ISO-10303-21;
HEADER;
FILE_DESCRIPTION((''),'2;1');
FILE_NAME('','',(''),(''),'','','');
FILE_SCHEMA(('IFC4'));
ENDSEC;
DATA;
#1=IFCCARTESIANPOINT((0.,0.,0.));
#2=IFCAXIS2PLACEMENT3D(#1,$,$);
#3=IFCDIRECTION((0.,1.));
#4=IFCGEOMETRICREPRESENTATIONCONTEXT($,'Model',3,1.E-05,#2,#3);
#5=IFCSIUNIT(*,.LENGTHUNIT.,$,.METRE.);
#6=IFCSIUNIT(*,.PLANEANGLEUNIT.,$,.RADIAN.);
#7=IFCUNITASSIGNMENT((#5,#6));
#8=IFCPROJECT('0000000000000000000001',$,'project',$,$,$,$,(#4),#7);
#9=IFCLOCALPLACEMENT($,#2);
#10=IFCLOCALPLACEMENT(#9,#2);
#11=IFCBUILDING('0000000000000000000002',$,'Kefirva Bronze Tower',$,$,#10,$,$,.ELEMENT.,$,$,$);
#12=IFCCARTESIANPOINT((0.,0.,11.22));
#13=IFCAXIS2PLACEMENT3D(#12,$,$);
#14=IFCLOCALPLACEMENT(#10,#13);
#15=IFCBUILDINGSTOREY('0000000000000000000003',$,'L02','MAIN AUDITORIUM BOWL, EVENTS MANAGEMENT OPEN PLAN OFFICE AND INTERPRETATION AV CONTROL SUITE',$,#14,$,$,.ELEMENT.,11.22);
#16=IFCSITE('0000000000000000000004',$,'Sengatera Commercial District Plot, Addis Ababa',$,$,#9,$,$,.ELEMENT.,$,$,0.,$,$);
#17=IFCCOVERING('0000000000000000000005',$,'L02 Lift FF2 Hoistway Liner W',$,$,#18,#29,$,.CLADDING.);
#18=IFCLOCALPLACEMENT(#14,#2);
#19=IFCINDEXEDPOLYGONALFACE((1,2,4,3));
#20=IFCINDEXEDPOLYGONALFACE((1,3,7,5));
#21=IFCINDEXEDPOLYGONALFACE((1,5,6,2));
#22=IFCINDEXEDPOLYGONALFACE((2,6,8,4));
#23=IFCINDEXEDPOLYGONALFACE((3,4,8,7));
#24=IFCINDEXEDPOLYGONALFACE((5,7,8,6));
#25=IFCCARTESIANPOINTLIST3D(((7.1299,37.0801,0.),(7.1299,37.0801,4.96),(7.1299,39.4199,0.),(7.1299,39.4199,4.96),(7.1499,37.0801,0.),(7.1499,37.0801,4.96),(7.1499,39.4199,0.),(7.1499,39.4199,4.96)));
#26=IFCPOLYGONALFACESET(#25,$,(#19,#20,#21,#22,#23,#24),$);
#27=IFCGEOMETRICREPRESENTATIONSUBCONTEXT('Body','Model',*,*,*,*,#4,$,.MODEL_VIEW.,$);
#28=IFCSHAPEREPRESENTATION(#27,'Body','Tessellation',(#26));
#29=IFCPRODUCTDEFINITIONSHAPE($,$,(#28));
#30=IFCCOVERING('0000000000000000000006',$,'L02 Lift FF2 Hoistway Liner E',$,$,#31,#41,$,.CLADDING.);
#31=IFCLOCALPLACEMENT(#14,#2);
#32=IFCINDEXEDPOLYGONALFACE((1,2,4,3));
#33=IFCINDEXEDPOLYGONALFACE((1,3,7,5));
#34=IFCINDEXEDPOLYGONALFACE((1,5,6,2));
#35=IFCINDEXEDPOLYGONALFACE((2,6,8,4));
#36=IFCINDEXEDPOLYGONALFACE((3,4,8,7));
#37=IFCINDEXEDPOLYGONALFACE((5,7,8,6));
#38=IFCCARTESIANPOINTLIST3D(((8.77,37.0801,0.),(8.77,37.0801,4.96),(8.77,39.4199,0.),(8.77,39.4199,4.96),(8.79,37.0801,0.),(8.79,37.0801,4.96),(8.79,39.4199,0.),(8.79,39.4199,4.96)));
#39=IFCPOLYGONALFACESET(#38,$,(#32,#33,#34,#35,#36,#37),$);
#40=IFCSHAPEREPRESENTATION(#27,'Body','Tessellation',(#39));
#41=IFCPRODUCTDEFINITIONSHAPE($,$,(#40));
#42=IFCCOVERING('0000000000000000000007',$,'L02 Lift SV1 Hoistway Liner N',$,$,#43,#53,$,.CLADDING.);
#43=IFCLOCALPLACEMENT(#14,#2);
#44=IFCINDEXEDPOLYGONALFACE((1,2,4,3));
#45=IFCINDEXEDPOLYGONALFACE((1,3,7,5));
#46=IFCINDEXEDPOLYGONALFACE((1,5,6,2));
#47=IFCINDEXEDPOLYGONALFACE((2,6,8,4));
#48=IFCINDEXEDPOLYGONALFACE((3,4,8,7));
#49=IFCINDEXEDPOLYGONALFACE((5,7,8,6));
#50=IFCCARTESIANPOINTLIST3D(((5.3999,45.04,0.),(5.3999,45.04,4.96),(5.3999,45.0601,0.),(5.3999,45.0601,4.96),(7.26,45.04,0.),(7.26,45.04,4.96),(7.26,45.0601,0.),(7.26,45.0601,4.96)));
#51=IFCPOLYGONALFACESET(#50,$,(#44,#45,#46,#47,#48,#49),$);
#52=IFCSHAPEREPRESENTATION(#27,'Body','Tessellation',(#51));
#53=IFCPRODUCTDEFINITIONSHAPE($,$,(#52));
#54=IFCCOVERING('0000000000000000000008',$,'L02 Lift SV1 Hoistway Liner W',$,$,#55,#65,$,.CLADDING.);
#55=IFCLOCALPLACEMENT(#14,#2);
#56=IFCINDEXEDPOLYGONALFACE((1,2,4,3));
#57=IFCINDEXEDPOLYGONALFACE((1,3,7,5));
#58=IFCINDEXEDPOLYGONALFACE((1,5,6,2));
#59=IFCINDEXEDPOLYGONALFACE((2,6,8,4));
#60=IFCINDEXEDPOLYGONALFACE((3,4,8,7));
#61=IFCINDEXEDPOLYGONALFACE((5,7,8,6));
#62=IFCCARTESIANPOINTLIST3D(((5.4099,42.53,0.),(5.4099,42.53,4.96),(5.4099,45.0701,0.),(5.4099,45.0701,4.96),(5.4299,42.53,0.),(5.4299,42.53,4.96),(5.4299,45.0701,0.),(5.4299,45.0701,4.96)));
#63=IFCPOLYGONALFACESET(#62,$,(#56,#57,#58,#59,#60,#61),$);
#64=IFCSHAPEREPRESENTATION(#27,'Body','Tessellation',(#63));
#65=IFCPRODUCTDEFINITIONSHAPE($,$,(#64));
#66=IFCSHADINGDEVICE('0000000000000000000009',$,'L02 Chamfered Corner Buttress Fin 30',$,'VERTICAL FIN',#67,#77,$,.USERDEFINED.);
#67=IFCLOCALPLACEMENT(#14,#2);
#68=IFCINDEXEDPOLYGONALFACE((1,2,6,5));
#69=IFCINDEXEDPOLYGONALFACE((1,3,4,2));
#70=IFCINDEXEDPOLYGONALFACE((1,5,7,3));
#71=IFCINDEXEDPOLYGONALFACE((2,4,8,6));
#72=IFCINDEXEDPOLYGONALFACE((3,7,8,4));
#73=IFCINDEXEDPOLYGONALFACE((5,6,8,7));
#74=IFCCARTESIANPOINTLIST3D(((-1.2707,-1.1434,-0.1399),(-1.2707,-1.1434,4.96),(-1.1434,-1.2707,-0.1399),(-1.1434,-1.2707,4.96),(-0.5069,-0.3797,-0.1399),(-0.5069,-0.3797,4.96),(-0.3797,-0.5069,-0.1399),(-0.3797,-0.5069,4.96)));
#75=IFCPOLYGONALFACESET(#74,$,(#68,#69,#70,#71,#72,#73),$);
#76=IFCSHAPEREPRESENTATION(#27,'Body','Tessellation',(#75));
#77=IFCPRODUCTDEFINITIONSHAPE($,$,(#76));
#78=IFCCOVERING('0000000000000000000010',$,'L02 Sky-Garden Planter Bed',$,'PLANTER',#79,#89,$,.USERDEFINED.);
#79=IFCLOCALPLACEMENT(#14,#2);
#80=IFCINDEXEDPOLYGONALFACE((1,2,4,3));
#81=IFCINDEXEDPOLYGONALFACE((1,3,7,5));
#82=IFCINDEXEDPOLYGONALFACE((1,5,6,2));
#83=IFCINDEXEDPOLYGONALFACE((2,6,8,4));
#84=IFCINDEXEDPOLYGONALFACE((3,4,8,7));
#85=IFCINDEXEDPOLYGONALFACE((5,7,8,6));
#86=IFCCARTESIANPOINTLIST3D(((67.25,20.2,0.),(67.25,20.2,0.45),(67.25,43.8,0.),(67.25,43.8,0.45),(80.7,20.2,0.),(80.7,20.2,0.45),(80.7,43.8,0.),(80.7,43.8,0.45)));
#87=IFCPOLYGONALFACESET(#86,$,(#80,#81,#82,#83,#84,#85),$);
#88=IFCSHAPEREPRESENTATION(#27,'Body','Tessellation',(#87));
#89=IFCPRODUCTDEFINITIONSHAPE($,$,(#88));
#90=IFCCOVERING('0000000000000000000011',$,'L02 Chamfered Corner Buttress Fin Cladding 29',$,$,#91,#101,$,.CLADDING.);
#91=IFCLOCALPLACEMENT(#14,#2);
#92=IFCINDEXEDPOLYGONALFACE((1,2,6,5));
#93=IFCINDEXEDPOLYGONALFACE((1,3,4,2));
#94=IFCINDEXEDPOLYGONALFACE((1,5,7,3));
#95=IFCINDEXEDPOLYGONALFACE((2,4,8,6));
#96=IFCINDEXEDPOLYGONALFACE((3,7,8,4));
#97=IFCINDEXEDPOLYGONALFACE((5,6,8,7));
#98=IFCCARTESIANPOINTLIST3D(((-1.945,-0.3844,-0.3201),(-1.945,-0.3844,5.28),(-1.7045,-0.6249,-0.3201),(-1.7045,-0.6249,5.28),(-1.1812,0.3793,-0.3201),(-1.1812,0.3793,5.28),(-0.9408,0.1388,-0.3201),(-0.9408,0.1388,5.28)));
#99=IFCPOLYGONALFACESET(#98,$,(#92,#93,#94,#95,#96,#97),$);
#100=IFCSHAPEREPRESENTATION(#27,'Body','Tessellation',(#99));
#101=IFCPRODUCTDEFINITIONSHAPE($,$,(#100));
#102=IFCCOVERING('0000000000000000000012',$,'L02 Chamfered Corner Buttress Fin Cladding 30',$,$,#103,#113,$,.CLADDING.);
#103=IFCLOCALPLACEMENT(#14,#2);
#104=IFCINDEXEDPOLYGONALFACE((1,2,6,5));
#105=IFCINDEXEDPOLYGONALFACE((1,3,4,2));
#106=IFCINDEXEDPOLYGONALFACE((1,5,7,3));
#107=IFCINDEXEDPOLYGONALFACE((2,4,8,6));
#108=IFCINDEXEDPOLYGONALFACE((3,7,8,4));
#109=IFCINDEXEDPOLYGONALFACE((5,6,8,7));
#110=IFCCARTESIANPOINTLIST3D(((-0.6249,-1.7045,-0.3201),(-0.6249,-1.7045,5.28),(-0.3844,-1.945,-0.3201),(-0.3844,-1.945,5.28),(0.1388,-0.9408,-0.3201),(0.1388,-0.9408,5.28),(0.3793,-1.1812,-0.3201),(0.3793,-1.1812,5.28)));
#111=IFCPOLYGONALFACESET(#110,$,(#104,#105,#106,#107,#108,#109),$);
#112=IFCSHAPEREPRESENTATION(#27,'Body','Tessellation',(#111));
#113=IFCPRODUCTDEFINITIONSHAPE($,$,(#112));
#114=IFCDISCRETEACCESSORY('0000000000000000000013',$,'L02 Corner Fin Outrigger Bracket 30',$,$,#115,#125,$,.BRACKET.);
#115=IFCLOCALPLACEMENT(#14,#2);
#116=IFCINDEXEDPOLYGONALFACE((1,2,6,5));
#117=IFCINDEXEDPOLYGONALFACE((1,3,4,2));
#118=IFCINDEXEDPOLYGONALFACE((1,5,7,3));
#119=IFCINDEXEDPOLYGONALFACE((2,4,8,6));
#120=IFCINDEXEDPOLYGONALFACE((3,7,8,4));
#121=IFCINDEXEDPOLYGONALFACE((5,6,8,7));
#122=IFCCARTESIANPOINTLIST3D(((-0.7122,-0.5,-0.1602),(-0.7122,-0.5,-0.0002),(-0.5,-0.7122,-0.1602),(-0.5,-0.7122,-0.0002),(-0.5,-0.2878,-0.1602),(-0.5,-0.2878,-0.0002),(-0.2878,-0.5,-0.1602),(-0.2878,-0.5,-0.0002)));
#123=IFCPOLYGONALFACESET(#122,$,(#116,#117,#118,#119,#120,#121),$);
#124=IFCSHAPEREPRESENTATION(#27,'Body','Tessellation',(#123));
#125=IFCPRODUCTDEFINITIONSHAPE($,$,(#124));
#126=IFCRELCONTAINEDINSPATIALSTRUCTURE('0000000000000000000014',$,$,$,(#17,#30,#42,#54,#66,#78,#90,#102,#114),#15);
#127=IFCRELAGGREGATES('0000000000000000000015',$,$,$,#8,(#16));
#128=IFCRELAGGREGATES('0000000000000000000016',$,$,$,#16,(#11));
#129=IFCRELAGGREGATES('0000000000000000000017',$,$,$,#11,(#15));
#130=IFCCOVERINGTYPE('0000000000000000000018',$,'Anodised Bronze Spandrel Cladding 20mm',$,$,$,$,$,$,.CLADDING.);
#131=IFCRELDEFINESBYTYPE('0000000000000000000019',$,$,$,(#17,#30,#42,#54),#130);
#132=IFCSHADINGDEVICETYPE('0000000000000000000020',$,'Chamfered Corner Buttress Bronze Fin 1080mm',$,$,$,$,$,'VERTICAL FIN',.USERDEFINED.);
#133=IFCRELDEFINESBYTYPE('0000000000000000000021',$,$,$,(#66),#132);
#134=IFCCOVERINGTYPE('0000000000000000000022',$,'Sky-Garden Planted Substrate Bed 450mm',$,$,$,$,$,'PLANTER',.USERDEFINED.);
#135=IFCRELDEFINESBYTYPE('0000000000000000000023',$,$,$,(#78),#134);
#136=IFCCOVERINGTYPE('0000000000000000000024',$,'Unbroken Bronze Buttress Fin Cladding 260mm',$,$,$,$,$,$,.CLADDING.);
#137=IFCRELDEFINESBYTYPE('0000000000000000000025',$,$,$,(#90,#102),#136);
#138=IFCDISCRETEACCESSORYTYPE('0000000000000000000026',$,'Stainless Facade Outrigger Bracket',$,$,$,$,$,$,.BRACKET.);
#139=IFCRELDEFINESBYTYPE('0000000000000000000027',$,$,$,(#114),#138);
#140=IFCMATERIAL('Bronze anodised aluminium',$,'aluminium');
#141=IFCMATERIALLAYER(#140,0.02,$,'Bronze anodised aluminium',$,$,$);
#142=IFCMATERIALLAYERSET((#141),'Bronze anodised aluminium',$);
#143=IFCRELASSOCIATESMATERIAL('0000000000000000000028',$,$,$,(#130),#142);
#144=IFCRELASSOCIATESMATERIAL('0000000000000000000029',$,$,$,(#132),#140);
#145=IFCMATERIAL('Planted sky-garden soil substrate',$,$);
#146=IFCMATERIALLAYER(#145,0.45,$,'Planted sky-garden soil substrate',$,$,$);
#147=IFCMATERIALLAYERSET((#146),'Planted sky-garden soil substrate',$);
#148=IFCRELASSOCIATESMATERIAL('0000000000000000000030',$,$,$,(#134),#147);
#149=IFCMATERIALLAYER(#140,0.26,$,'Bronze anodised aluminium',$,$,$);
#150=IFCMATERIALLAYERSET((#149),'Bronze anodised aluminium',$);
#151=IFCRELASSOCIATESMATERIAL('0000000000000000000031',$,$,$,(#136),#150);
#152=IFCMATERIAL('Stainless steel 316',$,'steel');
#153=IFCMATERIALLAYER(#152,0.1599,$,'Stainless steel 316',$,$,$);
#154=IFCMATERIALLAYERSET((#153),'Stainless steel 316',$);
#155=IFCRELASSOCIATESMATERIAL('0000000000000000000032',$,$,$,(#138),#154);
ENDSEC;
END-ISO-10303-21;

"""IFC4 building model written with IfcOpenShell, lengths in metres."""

from ifc_helpers import new_model, si_unit, direction, frame, origin, origin_2d, place, context, subcontext, project, spatial, polyline, rectangle, outline, extrude, material, layer, layer_set, material_profile, profile_set, type_object, element, save


model = new_model("IFC4")

# Units and contexts
model_context = context("Model", 3, precision=1e-05, world=origin(), true_north=direction((0.0, 1.0)))
body_context = subcontext(model_context, "Body", "Model", "MODEL_VIEW")
ifc_project = project(units=[si_unit("LENGTHUNIT", "METRE"), si_unit("PLANEANGLEUNIT", "RADIAN")], contexts=[model_context])

# Site, building, storey
site_placement = place(None, origin())
site = spatial("IfcSite", under=ifc_project, at=site_placement, Name="Sengatera Commercial District Plot, Addis Ababa", CompositionType="ELEMENT", RefElevation=0.0)
building_placement = place(site_placement, origin())
building = spatial("IfcBuilding", under=site, at=building_placement, Name="Kefirva Bronze Tower", CompositionType="ELEMENT")
storey_placement = place(building_placement, frame((0.0, 0.0, 11.22)))
storey = spatial("IfcBuildingStorey", under=building, at=storey_placement, Name="L02", Description="MAIN AUDITORIUM BOWL, EVENTS MANAGEMENT OPEN PLAN OFFICE AND INTERPRETATION AV CONTROL SUITE", CompositionType="ELEMENT", Elevation=11.22)

# Coverings
ifc_material_1 = material(Name="Bronze anodised aluminium", Category="aluminium")
ifc_layer_1 = layer(ifc_material_1, 0.02, Name="Bronze anodised aluminium")
ifc_layer_set_1 = layer_set([ifc_layer_1], Name="Bronze anodised aluminium")
covering_type_1 = type_object("IfcCoveringType", Name="Anodised Bronze Spandrel Cladding 20mm", PredefinedType="CLADDING", material=ifc_layer_set_1)
covering_1_placement = place(storey_placement, origin())
element("IfcCovering", 1, at=covering_1_placement, inside=storey, type_object=covering_type_1, Name="L02 Lift FF2 Hoistway Liner W", PredefinedType="CLADDING", context=body_context, shape_type="SweptSolid", body=[
    extrude(outline(polyline([(7.1299, 37.0801), (7.1499, 37.0801), (7.1499, 39.4199), (7.1299, 39.4199), (7.1299, 37.0801)])), origin(), (0.0, 0.0, 1.0), 4.96),
])
covering_2_placement = place(storey_placement, origin())
element("IfcCovering", 2, at=covering_2_placement, inside=storey, type_object=covering_type_1, Name="L02 Lift FF2 Hoistway Liner E", PredefinedType="CLADDING", context=body_context, shape_type="SweptSolid", body=[
    extrude(outline(polyline([(8.77, 37.0801), (8.79, 37.0801), (8.79, 39.4199), (8.77, 39.4199), (8.77, 37.0801)])), origin(), (0.0, 0.0, 1.0), 4.96),
])
covering_3_placement = place(storey_placement, origin())
element("IfcCovering", 3, at=covering_3_placement, inside=storey, type_object=covering_type_1, Name="L02 Lift SV1 Hoistway Liner N", PredefinedType="CLADDING", context=body_context, shape_type="SweptSolid", body=[
    extrude(outline(polyline([(5.3999, 45.04), (7.26, 45.04), (7.26, 45.0601), (5.3999, 45.0601), (5.3999, 45.04)])), origin(), (0.0, 0.0, 1.0), 4.96),
])
covering_4_placement = place(storey_placement, origin())
element("IfcCovering", 4, at=covering_4_placement, inside=storey, type_object=covering_type_1, Name="L02 Lift SV1 Hoistway Liner W", PredefinedType="CLADDING", context=body_context, shape_type="SweptSolid", body=[
    extrude(outline(polyline([(5.4099, 42.53), (5.4299, 42.53), (5.4299, 45.0701), (5.4099, 45.0701), (5.4099, 42.53)])), origin(), (0.0, 0.0, 1.0), 4.96),
])

# Shading device
ifc_material_profile = material_profile(ifc_material_1, rectangle(XDim=0.1799, YDim=1.0801, at=origin_2d()), Name="BRONZE BUTTRESS FIN 180x1080")
ifc_profile_set = profile_set([ifc_material_profile], Name="Bronze anodised aluminium")
shading_device_type = type_object("IfcShadingDeviceType", Name="Chamfered Corner Buttress Bronze Fin 1080mm", ElementType="VERTICAL FIN", PredefinedType="USERDEFINED", material=ifc_profile_set)
shading_device_placement = place(storey_placement, frame((-0.8252, -0.8252, -0.1399), z_axis=(0.0, 0.0, 1.0), x_axis=(0.707107, -0.707107, 0.0)))
element("IfcShadingDevice", 5, at=shading_device_placement, inside=storey, type_object=shading_device_type, Name="L02 Chamfered Corner Buttress Fin 30", ObjectType="VERTICAL FIN", PredefinedType="USERDEFINED", context=body_context, shape_type="SweptSolid", body=[
    extrude(rectangle(XDim=0.1799, YDim=1.0801, at=origin_2d()), origin(), (0.0, 0.0, 1.0), 5.0999),
])

# Coverings
ifc_material_2 = material(Name="Planted sky-garden soil substrate")
ifc_layer_2 = layer(ifc_material_2, 0.45, Name="Planted sky-garden soil substrate")
ifc_layer_set_2 = layer_set([ifc_layer_2], Name="Planted sky-garden soil substrate")
covering_type_2 = type_object("IfcCoveringType", Name="Sky-Garden Planted Substrate Bed 450mm", ElementType="PLANTER", PredefinedType="USERDEFINED", material=ifc_layer_set_2)
covering_5_placement = place(storey_placement, origin())
element("IfcCovering", 6, at=covering_5_placement, inside=storey, type_object=covering_type_2, Name="L02 Sky-Garden Planter Bed", ObjectType="PLANTER", PredefinedType="USERDEFINED", context=body_context, shape_type="SweptSolid", body=[
    extrude(outline(polyline([(67.25, 20.2), (80.7, 20.2), (80.7, 43.8), (67.25, 43.8), (67.25, 20.2)])), origin(), (0.0, 0.0, 1.0), 0.45),
])
ifc_layer_3 = layer(ifc_material_1, 0.26, Name="Bronze anodised aluminium")
ifc_layer_set_3 = layer_set([ifc_layer_3], Name="Bronze anodised aluminium")
covering_type_3 = type_object("IfcCoveringType", Name="Unbroken Bronze Buttress Fin Cladding 260mm", PredefinedType="CLADDING", material=ifc_layer_set_3)
for number, where, z_axis, x_axis, name in (
    (7, (-1.4429, -0.1228, -0.3201), (0.0, 0.0, 1.0), (0.707107, -0.707107, 0.0), "L02 Chamfered Corner Buttress Fin Cladding 29"),
    (8, (-0.1228, -1.4429, -0.3201), (0.0, 0.0, 1.0), (0.707107, -0.707107, 0.0), "L02 Chamfered Corner Buttress Fin Cladding 30"),
):
    element("IfcCovering", number, at=place(storey_placement, frame(where, z_axis=z_axis, x_axis=x_axis)), inside=storey, type_object=covering_type_3, Name=name, PredefinedType="CLADDING", context=body_context, shape_type="SweptSolid", body=[
        extrude(rectangle(XDim=0.3401, YDim=1.0801, at=origin_2d()), origin(), (0.0, 0.0, 1.0), 5.6001),
    ])

# Discrete accessory
ifc_material_3 = material(Name="Stainless steel 316", Category="steel")
ifc_layer_4 = layer(ifc_material_3, 0.1599, Name="Stainless steel 316")
ifc_layer_set_4 = layer_set([ifc_layer_4], Name="Stainless steel 316")
discrete_accessory_type = type_object("IfcDiscreteAccessoryType", Name="Stainless Facade Outrigger Bracket", PredefinedType="BRACKET", material=ifc_layer_set_4)
discrete_accessory_placement = place(storey_placement, frame((-0.5, -0.5, -0.1602), z_axis=(0.0, 0.0, 1.0), x_axis=(0.707107, -0.707107, 0.0)))
element("IfcDiscreteAccessory", 9, at=discrete_accessory_placement, inside=storey, type_object=discrete_accessory_type, Name="L02 Corner Fin Outrigger Bracket 30", PredefinedType="BRACKET", context=body_context, shape_type="SweptSolid", body=[
    extrude(rectangle(XDim=0.3, YDim=0.3, at=origin_2d()), origin(), (0.0, 0.0, 1.0), 0.1599),
])

save(model, "model.ifc")
